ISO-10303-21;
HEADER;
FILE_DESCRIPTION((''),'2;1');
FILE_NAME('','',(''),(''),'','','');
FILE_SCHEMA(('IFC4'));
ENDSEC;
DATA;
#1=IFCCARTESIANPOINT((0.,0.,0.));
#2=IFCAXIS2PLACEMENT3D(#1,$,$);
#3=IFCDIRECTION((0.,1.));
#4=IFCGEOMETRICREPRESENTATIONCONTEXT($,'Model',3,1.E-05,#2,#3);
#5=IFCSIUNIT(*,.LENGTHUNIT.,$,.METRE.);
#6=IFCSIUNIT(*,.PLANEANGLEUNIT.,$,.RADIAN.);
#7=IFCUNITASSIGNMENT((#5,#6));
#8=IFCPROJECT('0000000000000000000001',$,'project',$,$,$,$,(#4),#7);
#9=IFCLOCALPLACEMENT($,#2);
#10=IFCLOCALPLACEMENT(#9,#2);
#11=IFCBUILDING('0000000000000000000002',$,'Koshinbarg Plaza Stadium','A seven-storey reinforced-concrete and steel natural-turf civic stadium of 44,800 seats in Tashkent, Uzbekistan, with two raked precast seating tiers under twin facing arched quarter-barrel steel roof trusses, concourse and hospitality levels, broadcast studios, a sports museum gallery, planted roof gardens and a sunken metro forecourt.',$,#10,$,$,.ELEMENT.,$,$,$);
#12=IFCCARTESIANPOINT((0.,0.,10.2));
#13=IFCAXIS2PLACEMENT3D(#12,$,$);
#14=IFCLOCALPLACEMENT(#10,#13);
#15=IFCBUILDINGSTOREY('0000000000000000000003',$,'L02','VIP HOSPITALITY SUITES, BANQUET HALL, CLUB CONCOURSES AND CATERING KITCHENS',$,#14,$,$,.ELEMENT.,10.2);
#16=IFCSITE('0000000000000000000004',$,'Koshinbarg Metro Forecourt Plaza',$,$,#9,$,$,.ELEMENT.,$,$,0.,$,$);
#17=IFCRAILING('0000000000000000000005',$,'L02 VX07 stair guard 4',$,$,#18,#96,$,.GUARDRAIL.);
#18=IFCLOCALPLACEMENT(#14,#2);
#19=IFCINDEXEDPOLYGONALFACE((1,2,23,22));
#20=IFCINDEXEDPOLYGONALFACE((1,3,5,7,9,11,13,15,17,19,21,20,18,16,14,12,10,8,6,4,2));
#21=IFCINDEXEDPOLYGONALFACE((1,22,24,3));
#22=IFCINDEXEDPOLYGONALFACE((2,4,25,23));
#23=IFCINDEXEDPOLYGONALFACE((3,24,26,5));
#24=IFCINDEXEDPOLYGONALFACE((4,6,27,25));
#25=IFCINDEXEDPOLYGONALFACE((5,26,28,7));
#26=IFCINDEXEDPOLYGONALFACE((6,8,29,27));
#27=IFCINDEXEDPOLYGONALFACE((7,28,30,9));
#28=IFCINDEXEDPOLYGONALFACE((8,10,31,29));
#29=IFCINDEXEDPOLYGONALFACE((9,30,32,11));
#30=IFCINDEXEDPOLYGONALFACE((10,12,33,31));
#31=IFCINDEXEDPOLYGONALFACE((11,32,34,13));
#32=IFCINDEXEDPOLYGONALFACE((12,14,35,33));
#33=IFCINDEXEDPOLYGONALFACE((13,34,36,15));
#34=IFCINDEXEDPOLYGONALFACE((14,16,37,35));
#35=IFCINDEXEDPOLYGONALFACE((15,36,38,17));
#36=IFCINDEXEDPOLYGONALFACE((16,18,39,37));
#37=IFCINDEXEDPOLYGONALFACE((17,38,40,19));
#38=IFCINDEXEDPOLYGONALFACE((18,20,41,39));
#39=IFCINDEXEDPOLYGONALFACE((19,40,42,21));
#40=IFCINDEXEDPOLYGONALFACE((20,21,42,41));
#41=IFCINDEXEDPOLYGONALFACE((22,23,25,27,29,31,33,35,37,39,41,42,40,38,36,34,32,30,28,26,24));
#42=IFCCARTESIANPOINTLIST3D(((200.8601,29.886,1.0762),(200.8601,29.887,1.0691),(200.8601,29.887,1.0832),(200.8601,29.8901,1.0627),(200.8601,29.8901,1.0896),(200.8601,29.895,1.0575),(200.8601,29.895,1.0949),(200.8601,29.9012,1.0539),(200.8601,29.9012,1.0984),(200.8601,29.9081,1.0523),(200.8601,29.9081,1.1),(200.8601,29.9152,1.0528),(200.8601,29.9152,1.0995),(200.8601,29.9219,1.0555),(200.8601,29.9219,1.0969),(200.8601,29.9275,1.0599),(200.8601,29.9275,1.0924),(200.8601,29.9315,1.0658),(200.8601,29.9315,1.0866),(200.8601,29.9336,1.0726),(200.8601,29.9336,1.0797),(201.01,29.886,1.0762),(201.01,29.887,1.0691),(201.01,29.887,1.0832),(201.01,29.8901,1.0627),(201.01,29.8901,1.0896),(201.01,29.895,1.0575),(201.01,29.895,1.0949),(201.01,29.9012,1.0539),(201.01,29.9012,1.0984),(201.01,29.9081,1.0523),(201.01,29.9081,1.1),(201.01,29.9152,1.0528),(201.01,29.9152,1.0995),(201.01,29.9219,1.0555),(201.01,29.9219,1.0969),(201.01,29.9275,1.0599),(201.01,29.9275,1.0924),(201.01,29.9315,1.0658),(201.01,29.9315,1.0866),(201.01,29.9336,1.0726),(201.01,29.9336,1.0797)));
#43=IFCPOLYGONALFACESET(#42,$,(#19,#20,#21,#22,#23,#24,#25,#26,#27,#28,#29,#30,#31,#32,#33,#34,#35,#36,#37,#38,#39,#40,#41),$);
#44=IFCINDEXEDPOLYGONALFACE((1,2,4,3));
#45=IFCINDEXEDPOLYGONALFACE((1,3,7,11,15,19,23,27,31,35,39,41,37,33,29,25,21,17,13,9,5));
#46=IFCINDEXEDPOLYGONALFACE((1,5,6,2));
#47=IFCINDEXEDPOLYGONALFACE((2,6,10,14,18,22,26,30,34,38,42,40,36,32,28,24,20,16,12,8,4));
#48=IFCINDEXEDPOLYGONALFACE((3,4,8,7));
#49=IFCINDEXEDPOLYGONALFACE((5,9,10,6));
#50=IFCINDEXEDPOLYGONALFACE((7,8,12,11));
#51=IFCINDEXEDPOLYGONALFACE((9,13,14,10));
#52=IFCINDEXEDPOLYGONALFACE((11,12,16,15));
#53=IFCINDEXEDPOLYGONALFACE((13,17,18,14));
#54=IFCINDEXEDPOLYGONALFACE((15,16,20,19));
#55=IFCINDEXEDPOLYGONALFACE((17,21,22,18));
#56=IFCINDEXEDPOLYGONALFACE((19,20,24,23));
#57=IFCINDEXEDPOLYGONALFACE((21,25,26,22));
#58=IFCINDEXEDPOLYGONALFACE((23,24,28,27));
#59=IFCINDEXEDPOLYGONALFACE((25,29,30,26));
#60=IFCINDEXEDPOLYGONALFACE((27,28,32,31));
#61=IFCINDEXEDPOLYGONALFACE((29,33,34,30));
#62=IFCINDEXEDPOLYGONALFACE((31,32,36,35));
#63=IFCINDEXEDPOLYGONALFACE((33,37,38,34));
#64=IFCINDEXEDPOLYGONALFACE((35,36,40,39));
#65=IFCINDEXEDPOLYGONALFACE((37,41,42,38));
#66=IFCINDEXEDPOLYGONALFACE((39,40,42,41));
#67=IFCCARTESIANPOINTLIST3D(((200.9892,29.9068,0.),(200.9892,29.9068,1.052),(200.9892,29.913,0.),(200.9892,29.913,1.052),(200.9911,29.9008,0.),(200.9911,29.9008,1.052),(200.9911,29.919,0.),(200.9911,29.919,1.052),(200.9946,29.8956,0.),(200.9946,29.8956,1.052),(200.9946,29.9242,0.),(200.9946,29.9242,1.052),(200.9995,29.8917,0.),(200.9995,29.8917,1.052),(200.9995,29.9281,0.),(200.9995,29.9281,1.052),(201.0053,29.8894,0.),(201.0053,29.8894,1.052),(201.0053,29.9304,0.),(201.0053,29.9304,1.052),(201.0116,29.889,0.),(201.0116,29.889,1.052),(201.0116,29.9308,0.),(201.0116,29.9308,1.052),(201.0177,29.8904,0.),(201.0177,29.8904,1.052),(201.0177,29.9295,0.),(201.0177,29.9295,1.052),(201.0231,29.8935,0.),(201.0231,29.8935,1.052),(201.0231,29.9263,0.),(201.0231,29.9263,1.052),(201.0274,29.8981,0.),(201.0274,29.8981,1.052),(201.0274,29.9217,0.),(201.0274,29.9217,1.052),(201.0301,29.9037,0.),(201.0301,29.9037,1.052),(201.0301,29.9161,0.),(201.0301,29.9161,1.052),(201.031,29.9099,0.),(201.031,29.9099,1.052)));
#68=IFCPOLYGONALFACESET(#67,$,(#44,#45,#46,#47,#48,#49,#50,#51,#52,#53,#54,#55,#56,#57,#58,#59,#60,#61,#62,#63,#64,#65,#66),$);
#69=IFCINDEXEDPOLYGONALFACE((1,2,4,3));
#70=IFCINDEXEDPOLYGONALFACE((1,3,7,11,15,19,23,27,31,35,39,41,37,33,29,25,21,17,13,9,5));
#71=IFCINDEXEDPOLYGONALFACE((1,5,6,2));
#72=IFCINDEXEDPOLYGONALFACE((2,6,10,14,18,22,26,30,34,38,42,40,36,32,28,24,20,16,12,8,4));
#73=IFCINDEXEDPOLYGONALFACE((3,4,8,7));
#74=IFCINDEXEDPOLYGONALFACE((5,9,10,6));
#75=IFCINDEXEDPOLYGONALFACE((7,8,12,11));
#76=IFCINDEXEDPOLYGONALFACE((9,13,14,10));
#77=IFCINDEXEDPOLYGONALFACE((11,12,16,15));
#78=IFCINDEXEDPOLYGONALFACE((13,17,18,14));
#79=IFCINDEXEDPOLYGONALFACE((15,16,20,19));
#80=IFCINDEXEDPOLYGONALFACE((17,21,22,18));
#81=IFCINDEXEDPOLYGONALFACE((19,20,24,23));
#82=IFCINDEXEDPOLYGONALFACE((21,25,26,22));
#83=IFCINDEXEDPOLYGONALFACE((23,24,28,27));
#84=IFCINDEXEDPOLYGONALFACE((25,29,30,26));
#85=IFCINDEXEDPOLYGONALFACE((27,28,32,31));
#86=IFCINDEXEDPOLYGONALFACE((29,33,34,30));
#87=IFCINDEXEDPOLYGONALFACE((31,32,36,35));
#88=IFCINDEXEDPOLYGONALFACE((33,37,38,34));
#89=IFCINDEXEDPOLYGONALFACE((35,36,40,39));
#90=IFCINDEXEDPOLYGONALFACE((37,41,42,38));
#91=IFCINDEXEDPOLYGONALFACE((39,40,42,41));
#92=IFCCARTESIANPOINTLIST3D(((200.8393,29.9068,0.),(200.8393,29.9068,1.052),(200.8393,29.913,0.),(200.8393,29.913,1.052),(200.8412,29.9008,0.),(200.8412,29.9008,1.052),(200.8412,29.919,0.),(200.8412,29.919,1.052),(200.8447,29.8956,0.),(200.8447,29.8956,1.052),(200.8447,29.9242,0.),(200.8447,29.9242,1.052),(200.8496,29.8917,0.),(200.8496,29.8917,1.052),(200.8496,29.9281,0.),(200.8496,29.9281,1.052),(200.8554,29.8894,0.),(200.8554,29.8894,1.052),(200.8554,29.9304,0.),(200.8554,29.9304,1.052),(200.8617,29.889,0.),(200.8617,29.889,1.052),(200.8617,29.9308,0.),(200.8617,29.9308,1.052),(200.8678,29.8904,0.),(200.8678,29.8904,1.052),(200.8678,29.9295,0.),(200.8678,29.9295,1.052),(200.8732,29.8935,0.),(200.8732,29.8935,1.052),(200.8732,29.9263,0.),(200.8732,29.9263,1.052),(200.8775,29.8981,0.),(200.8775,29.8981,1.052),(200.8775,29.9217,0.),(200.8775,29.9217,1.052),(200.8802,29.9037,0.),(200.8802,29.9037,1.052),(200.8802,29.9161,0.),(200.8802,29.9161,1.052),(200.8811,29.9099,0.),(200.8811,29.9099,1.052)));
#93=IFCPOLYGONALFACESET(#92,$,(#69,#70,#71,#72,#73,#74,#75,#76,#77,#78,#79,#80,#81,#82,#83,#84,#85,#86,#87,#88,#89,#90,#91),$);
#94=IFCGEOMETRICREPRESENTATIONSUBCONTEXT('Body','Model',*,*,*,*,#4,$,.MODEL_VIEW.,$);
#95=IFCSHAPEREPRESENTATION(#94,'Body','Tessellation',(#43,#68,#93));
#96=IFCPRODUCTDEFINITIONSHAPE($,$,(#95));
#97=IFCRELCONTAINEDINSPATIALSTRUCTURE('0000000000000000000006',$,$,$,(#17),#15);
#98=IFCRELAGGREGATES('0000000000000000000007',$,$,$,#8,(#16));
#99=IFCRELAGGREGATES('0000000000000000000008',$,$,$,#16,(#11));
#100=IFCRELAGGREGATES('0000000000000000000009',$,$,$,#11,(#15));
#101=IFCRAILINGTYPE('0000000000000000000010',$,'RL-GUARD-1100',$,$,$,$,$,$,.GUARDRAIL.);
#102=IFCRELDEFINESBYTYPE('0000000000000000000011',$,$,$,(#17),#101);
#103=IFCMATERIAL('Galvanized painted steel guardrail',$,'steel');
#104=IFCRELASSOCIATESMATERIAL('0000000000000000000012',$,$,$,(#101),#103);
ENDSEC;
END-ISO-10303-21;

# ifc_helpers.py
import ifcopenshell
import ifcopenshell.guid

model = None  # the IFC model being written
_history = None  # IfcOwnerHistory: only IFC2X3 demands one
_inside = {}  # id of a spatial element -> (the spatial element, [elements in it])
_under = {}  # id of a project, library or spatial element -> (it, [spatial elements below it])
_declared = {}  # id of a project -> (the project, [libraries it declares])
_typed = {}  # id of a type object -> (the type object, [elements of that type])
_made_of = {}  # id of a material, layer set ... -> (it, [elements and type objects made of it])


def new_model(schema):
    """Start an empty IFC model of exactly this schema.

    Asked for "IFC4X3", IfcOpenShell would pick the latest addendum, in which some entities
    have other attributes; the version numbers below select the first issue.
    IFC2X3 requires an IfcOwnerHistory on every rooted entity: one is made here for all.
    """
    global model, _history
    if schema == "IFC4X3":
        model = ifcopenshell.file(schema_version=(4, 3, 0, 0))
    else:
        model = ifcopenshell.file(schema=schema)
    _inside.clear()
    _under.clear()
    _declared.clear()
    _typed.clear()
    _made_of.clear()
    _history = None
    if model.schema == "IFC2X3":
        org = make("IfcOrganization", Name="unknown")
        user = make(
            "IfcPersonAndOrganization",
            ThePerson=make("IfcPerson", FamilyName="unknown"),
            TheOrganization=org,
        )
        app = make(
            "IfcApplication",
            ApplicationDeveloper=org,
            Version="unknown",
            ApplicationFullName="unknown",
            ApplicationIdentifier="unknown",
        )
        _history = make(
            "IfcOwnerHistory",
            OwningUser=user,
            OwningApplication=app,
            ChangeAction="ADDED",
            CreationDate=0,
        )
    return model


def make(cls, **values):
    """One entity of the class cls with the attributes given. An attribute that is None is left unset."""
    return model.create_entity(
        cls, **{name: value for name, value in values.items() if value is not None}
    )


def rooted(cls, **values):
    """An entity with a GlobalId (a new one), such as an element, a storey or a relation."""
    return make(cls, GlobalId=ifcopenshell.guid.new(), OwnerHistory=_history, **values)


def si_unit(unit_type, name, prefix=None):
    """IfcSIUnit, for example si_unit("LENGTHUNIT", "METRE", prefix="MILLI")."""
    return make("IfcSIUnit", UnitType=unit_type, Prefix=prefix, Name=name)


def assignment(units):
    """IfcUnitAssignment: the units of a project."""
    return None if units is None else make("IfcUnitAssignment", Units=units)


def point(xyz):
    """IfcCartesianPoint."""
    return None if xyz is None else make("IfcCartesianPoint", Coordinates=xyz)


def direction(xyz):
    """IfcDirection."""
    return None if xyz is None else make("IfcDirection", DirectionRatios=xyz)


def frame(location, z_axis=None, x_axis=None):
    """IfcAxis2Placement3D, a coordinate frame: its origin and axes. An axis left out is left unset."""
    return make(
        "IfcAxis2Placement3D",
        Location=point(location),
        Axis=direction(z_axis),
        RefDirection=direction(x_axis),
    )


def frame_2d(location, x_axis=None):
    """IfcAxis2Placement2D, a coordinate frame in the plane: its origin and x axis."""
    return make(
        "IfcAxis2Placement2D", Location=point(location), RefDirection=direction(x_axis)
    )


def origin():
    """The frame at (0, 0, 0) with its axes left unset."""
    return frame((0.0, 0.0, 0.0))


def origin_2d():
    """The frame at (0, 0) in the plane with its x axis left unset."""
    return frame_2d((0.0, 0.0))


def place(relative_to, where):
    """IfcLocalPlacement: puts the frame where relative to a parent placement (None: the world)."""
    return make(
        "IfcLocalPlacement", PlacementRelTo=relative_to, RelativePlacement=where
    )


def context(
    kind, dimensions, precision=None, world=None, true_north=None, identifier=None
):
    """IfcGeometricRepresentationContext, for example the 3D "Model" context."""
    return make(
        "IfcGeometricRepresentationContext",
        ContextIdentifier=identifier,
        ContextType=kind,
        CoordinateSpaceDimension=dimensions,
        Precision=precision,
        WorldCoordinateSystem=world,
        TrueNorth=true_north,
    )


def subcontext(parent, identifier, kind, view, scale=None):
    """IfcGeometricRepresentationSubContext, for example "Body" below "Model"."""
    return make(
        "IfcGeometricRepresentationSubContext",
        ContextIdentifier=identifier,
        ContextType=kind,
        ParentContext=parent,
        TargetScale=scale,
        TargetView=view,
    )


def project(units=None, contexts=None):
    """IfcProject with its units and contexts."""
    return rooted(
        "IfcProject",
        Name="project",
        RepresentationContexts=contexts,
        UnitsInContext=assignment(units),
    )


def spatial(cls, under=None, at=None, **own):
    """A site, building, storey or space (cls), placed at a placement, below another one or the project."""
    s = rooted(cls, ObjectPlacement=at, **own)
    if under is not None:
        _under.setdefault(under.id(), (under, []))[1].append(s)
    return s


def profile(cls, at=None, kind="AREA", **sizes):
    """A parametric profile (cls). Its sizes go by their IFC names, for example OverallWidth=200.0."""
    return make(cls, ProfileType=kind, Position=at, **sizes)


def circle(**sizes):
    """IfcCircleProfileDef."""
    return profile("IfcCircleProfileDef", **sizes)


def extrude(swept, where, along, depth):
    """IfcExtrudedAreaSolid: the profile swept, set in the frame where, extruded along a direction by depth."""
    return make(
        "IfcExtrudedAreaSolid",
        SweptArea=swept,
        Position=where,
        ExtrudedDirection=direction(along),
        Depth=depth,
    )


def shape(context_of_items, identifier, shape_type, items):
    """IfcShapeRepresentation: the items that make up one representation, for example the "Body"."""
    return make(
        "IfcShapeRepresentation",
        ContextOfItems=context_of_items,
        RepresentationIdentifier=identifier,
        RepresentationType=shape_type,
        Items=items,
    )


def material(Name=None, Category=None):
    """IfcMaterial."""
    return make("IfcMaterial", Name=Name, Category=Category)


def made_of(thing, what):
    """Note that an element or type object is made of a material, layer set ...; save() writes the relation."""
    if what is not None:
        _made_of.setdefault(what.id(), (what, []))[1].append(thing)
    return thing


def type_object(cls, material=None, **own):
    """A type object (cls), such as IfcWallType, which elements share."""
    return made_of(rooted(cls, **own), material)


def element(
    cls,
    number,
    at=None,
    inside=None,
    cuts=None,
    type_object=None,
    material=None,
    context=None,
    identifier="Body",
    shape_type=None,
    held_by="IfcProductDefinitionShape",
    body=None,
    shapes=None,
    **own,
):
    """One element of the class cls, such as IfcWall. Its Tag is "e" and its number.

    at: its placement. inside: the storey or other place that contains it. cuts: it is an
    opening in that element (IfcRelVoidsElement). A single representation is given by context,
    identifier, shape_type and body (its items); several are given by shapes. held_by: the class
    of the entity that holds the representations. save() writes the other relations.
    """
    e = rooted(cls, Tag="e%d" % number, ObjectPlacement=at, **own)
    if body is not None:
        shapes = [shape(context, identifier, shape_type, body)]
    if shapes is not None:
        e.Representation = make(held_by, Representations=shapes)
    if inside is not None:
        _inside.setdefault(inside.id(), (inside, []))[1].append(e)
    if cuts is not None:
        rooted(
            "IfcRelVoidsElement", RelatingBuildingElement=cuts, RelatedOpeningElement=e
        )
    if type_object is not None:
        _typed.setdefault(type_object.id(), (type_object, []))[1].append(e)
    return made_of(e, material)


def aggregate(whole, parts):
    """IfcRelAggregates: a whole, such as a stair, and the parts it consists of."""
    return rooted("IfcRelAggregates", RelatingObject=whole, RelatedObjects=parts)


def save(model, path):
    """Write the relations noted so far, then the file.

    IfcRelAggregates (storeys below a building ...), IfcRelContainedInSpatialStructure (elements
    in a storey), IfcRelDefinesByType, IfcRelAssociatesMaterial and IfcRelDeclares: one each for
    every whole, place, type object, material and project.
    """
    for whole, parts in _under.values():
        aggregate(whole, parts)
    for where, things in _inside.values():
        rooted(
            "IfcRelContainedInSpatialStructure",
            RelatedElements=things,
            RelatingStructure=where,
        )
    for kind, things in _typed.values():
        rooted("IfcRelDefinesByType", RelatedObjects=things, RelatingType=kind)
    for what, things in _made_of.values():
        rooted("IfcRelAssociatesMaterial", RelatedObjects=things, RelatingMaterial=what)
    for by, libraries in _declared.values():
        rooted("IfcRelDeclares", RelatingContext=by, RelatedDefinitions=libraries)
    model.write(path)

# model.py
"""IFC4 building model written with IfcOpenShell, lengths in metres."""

from ifc_helpers import new_model, si_unit, direction, frame, origin, origin_2d, place, context, subcontext, project, spatial, circle, extrude, material, type_object, element, save


model = new_model("IFC4")

# Units and contexts
model_context = context("Model", 3, precision=1e-05, world=origin(), true_north=direction((0.0, 1.0)))
body_context = subcontext(model_context, "Body", "Model", "MODEL_VIEW")
ifc_project = project(units=[si_unit("LENGTHUNIT", "METRE"), si_unit("PLANEANGLEUNIT", "RADIAN")], contexts=[model_context])

# Site, building, storey
site_placement = place(None, origin())
site = spatial("IfcSite", under=ifc_project, at=site_placement, Name="Koshinbarg Metro Forecourt Plaza", CompositionType="ELEMENT", RefElevation=0.0)
building_placement = place(site_placement, origin())
building = spatial("IfcBuilding", under=site, at=building_placement, Name="Koshinbarg Plaza Stadium", Description="A seven-storey reinforced-concrete and steel natural-turf civic stadium of 44,800 seats in Tashkent, Uzbekistan, with two raked precast seating tiers under twin facing arched quarter-barrel steel roof trusses, concourse and hospitality levels, broadcast studios, a sports museum gallery, planted roof gardens and a sunken metro forecourt.", CompositionType="ELEMENT")
storey_placement = place(building_placement, frame((0.0, 0.0, 10.2)))
storey = spatial("IfcBuildingStorey", under=building, at=storey_placement, Name="L02", Description="VIP HOSPITALITY SUITES, BANQUET HALL, CLUB CONCOURSES AND CATERING KITCHENS", CompositionType="ELEMENT", Elevation=10.2)

# Railing
ifc_material_1 = material(Name="Galvanized painted steel guardrail", Category="steel")
railing_type_1 = type_object("IfcRailingType", Name="RL-GUARD-1100", PredefinedType="GUARDRAIL", material=ifc_material_1)
railing_1_placement = place(storey_placement, frame((201.01, 29.9099, 0.0)))
element("IfcRailing", 1, at=railing_1_placement, inside=storey, type_object=railing_type_1, Name="L02 VX07 stair guard 4", PredefinedType="GUARDRAIL", context=body_context, shape_type="SweptSolid", body=[
    extrude(circle(Radius=0.0239, at=origin_2d()), frame((0.0, 0.0, 1.0762), z_axis=(-1.0, 0.0, 0.0), x_axis=(0.0, -1.0, 0.0)), (0.0, 0.0, 1.0), 0.1499),
    extrude(circle(Radius=0.021, at=origin_2d()), origin(), (0.0, 0.0, 1.0), 1.052),
    extrude(circle(Radius=0.021, at=origin_2d()), frame((-0.1499, 0.0, 0.0)), (0.0, 0.0, 1.0), 1.052),
])

save(model, "model.ifc")
